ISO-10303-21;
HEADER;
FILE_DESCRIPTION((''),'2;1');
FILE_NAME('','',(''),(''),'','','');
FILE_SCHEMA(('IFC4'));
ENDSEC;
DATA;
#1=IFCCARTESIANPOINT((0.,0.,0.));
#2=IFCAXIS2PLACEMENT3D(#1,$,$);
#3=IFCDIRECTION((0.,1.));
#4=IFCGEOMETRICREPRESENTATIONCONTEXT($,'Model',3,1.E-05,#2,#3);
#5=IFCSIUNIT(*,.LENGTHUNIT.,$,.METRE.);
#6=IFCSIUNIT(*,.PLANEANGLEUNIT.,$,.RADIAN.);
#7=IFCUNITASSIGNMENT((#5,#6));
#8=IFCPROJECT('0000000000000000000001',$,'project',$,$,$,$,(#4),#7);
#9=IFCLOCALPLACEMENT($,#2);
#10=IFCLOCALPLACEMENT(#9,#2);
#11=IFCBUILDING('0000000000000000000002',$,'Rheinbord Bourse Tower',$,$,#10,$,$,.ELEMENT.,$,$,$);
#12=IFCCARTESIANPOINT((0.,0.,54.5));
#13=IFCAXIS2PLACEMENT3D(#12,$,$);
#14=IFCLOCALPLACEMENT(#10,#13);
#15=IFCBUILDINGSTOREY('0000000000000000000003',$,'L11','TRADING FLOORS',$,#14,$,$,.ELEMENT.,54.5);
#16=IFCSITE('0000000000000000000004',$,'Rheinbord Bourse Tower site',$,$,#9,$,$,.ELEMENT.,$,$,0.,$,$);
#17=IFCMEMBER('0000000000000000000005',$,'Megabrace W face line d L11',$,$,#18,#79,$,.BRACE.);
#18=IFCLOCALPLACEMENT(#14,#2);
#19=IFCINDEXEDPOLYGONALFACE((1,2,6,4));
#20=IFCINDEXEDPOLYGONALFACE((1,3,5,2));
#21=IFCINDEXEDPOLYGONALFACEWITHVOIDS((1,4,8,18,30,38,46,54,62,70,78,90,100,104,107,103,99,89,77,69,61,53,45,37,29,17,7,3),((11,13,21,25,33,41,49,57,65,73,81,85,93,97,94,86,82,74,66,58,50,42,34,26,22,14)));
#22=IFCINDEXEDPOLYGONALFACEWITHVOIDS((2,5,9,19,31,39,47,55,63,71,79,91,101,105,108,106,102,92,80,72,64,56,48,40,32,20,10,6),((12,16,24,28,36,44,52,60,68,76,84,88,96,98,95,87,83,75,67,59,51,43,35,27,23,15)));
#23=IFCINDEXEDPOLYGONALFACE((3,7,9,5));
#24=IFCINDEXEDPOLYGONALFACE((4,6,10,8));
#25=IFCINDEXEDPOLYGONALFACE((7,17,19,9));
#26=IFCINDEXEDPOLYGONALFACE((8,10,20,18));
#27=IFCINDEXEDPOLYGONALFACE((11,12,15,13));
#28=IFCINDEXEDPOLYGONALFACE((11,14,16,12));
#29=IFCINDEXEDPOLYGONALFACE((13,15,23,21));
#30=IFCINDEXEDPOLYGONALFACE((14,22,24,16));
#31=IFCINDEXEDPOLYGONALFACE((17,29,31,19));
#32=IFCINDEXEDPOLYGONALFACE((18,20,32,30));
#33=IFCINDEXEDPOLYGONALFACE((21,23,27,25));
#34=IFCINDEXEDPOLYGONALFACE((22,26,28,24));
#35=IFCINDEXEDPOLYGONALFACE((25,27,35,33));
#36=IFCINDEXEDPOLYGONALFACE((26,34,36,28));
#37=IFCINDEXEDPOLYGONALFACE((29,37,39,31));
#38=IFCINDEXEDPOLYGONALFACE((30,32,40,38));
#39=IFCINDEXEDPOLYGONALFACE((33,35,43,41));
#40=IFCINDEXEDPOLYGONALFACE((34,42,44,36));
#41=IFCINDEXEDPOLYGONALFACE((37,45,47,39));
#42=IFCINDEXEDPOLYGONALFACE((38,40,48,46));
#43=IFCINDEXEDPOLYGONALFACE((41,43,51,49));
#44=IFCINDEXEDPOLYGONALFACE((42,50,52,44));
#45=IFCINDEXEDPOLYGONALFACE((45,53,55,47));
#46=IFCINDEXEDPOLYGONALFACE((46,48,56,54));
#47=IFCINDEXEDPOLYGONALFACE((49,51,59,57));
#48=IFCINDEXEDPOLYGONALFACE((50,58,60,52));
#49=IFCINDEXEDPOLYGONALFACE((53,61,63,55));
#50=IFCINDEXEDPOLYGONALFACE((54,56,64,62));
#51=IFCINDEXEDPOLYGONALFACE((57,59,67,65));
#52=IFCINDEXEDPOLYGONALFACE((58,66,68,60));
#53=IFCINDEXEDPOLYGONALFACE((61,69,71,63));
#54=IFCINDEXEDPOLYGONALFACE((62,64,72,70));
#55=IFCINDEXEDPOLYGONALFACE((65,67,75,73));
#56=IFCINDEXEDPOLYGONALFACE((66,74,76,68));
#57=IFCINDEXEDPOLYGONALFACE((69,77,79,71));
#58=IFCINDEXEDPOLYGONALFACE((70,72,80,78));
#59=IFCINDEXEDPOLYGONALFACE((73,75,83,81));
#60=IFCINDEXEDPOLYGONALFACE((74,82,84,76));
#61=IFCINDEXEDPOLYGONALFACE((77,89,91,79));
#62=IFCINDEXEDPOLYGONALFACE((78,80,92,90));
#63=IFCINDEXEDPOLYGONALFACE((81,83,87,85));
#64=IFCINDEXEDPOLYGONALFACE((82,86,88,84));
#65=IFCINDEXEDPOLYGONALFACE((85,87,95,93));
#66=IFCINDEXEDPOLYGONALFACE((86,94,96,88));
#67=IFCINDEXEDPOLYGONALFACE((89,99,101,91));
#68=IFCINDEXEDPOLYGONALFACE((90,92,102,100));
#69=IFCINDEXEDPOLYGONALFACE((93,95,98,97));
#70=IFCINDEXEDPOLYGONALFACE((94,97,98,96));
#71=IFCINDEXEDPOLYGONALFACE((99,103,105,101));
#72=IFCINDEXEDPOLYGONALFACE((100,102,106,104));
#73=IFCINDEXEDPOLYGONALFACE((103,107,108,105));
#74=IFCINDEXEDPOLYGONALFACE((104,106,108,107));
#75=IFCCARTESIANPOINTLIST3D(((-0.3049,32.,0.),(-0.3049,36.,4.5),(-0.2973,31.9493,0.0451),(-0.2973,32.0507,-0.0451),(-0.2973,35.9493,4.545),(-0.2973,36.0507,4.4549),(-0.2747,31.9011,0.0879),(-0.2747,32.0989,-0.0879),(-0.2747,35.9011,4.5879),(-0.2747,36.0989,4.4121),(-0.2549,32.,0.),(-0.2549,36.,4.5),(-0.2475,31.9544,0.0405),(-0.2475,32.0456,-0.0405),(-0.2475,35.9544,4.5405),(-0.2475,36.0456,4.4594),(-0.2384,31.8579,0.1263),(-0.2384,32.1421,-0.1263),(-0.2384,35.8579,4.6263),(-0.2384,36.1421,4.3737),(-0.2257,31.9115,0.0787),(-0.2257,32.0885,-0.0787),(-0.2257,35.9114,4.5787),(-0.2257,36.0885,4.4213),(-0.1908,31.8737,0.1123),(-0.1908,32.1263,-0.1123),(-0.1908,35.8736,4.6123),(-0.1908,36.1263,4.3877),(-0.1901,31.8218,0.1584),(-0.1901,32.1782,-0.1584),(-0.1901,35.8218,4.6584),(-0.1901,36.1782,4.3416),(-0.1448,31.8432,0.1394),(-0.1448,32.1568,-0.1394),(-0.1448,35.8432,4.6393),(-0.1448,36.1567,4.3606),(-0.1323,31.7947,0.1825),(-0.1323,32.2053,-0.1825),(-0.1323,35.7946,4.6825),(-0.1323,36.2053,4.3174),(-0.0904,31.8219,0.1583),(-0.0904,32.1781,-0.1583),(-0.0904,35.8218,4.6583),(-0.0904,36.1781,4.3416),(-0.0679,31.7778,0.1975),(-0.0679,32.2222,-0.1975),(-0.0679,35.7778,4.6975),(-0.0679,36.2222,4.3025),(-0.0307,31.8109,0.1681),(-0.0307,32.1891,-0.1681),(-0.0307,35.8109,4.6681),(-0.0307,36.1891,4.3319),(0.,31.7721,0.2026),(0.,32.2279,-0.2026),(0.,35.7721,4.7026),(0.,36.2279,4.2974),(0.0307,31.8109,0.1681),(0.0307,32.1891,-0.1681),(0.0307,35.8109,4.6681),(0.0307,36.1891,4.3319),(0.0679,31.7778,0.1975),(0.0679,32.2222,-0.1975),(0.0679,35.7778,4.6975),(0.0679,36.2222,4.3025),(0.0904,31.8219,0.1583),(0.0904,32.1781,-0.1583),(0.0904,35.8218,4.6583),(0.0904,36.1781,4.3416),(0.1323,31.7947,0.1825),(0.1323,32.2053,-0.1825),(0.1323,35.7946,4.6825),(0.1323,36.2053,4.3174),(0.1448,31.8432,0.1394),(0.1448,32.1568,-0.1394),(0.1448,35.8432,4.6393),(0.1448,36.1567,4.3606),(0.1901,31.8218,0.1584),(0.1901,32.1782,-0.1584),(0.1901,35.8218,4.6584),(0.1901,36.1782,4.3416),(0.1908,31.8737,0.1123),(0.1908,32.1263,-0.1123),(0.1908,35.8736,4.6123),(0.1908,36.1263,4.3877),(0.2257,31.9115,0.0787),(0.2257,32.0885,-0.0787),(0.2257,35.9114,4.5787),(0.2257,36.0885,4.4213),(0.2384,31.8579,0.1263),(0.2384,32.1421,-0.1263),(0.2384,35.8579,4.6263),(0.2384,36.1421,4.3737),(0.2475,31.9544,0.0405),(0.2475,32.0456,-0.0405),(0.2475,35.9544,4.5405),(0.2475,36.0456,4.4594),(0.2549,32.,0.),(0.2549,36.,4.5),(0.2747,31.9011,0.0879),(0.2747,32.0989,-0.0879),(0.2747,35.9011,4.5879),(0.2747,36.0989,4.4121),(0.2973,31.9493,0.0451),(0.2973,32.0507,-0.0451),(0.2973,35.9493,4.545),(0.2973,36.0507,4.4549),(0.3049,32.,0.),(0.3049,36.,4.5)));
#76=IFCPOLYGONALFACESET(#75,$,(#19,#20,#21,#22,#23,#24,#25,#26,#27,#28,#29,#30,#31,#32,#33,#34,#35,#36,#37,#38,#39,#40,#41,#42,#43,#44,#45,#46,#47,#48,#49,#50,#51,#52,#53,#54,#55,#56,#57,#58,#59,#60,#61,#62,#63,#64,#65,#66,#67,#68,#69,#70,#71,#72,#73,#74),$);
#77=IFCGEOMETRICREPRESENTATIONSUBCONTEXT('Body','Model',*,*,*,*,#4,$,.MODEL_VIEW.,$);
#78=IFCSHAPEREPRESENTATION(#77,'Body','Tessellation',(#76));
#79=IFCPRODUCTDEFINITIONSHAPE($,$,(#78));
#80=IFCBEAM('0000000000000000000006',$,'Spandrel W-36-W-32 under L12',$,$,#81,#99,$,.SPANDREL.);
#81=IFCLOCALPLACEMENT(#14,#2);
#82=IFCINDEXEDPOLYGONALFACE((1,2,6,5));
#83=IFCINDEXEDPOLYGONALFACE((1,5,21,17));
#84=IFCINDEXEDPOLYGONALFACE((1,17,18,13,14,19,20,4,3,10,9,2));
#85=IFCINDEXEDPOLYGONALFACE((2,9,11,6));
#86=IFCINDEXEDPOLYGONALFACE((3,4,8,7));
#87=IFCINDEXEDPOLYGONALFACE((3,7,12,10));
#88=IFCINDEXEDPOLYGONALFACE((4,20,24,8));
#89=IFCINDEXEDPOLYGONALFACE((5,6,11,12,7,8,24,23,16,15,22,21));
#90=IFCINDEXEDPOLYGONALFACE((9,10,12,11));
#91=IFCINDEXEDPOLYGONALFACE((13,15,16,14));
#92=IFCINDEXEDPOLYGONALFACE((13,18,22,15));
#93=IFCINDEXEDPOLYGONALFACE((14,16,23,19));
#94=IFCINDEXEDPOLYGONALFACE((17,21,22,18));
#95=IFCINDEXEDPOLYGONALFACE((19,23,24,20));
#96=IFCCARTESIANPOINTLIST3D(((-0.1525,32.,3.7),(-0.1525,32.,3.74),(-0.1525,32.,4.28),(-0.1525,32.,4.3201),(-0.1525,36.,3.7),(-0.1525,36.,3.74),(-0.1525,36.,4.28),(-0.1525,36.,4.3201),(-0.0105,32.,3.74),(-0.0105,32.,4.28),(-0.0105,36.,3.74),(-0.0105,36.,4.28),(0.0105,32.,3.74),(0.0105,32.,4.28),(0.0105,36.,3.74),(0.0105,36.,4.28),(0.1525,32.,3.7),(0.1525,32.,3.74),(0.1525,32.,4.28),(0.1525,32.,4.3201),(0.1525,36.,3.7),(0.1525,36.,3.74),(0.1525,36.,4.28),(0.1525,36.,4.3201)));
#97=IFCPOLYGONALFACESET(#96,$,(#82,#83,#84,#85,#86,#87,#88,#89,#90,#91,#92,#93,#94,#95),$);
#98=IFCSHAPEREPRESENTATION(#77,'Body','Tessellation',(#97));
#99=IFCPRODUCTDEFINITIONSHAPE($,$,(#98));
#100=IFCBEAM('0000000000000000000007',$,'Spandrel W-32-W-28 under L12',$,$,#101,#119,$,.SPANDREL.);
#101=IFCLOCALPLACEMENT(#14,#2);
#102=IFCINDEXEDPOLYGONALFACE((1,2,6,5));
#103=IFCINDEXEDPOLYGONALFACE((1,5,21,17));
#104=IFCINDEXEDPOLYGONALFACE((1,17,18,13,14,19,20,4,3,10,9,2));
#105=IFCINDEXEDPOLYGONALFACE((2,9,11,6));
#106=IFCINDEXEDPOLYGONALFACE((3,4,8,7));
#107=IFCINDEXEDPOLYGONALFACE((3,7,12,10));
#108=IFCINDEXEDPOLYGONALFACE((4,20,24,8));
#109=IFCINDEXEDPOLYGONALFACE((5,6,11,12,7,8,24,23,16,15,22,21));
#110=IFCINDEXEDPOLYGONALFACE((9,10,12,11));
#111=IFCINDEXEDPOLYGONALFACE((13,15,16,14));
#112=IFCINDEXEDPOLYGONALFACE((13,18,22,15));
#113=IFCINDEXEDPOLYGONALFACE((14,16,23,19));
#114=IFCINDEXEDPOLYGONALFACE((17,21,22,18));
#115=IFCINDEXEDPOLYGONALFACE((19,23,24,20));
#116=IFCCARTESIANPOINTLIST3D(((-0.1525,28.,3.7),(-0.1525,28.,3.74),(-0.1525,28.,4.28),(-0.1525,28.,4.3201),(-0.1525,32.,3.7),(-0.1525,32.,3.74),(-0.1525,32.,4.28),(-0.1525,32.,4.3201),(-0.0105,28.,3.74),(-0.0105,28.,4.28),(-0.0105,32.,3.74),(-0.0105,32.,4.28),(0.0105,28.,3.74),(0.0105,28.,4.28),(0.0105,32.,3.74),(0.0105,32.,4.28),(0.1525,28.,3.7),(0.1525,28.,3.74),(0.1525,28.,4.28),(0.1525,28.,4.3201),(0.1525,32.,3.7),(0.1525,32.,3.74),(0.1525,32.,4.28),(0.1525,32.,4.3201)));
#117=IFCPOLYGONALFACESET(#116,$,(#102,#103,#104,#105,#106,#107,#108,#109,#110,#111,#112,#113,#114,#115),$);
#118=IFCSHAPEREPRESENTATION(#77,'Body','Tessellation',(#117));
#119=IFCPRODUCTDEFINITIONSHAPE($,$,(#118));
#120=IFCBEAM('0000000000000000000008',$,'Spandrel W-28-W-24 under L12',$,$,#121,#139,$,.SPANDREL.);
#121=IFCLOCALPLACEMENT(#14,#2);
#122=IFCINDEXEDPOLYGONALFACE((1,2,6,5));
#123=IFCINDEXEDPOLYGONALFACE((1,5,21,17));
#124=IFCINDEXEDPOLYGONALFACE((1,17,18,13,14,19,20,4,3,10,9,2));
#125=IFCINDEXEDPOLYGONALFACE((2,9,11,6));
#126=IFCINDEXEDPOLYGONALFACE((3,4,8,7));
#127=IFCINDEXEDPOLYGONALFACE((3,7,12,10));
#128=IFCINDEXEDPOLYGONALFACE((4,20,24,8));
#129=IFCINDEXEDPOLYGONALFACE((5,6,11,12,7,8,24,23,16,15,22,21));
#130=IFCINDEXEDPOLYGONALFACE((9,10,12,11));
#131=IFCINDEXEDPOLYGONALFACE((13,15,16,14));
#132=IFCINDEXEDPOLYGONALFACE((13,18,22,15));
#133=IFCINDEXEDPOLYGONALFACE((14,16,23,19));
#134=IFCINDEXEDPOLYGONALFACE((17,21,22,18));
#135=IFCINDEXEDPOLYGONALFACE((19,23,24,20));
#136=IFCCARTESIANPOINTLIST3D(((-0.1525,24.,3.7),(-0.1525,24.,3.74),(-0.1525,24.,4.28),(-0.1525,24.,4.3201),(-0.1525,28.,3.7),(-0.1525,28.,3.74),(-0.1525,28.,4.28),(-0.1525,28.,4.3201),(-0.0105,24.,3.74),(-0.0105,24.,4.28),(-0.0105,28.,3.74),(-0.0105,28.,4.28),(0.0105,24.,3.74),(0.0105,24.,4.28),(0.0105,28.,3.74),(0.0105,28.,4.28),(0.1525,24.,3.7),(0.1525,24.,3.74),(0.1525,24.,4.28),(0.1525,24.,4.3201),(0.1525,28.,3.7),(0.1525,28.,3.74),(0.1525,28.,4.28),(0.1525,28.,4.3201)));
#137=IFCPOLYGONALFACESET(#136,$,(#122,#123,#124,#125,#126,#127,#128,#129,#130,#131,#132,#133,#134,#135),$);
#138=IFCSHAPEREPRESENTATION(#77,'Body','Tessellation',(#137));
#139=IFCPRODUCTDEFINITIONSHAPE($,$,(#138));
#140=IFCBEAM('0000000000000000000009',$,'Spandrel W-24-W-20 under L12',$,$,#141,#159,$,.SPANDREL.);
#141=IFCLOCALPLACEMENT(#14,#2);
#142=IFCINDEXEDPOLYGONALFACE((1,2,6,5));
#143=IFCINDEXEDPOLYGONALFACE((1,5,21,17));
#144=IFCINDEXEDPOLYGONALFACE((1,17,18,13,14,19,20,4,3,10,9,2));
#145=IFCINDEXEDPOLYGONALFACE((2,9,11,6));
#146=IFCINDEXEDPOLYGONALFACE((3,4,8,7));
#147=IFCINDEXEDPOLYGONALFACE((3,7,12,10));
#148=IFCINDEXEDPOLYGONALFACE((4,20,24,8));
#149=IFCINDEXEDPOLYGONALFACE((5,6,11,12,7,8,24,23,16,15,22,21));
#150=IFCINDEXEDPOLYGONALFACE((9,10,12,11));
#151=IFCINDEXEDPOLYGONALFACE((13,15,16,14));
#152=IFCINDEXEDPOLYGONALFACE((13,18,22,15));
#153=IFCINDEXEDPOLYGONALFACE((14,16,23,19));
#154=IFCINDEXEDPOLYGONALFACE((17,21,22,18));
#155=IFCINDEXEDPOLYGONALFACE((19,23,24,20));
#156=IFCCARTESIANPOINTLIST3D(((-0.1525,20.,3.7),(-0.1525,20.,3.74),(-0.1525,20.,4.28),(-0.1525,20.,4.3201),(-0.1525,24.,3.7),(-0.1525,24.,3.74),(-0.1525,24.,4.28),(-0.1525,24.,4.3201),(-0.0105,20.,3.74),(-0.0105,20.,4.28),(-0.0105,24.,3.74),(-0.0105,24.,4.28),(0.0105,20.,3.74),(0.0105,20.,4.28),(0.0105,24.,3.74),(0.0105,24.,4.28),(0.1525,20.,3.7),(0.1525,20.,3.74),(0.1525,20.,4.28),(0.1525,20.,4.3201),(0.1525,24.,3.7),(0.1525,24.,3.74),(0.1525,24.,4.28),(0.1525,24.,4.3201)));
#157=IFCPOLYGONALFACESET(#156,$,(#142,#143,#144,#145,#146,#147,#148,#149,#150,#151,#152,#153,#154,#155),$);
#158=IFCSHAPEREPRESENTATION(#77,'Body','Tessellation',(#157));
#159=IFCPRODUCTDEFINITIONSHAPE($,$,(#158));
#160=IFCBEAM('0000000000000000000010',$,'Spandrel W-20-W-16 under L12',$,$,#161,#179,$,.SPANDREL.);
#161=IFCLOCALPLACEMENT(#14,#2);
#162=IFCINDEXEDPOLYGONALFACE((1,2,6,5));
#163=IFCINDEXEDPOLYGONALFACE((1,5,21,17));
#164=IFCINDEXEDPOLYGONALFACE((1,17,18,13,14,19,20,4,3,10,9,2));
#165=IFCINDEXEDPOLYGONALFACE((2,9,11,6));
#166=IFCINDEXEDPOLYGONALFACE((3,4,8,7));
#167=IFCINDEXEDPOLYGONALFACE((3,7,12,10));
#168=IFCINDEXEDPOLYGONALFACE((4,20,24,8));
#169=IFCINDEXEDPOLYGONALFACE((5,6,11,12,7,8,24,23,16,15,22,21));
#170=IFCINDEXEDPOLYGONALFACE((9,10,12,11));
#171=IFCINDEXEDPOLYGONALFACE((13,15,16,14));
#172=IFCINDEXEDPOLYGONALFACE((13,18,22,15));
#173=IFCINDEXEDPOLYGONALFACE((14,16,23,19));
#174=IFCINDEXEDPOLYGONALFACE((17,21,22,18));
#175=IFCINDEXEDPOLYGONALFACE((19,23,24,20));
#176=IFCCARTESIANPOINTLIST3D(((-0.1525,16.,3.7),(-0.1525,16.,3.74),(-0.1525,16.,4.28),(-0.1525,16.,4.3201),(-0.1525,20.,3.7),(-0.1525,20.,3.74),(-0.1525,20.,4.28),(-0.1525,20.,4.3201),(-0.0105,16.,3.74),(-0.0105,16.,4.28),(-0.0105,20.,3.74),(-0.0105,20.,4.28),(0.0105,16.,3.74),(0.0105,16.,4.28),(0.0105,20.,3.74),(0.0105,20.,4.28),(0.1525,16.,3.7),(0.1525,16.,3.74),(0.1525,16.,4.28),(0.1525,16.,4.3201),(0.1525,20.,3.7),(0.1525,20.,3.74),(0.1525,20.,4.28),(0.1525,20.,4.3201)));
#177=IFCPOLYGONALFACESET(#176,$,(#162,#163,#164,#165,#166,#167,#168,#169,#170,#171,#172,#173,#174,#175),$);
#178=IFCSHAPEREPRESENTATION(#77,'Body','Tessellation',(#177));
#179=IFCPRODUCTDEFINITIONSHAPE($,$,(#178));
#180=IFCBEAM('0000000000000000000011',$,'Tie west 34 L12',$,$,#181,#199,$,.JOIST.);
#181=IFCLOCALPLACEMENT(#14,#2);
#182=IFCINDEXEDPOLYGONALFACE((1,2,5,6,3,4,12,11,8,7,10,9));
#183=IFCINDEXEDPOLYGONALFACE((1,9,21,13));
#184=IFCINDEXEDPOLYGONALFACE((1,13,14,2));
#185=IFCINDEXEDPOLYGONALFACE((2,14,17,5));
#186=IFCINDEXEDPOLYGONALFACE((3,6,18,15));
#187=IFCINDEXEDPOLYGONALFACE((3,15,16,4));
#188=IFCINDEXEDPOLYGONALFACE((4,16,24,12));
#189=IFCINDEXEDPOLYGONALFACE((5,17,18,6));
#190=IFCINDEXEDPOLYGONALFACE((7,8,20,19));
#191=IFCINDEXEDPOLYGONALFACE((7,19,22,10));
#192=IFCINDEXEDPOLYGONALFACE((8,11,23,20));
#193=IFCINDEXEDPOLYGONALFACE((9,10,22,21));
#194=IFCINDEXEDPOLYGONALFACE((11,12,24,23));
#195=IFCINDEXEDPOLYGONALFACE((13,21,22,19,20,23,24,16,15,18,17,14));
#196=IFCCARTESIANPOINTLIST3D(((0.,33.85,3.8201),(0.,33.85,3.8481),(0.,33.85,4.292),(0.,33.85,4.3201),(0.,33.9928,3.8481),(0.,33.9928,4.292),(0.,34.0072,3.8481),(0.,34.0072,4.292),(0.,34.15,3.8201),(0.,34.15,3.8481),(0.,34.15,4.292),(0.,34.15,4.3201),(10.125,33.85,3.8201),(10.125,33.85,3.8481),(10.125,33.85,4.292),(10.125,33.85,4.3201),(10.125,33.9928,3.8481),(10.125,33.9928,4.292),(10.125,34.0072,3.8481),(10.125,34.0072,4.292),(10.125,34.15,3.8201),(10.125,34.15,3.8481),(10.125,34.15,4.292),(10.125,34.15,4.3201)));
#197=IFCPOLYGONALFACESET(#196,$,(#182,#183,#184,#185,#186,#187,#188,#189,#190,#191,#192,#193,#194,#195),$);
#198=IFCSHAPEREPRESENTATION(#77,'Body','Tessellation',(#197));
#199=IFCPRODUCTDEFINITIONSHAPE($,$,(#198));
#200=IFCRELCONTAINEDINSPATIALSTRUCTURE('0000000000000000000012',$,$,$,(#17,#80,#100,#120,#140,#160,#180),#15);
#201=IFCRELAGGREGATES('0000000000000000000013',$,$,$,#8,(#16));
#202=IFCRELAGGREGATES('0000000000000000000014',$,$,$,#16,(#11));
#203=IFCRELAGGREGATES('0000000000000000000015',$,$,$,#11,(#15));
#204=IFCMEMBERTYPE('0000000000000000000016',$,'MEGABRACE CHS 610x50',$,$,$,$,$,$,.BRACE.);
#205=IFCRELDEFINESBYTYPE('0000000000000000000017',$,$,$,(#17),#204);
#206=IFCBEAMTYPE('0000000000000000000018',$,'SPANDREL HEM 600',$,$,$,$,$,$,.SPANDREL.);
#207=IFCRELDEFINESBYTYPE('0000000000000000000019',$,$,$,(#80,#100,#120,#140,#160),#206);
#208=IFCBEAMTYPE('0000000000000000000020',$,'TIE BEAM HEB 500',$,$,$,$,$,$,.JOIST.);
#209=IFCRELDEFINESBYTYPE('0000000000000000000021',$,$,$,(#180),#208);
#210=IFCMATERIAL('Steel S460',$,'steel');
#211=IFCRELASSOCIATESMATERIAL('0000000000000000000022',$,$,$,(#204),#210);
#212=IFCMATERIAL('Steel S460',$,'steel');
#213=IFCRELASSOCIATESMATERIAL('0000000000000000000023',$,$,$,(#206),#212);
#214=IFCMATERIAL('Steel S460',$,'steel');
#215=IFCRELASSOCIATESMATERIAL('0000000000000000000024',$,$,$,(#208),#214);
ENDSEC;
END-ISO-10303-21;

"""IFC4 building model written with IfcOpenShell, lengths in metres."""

from ifc_helpers import new_model, si_unit, direction, frame, origin, origin_2d, place, context, subcontext, project, spatial, hollow_circle, i_section, extrude, material, material_profile, profile_set, type_object, element, save


model = new_model("IFC4")

# Units and contexts
model_context = context("Model", 3, precision=1e-05, world=origin(), true_north=direction((0.0, 1.0)))
body_context = subcontext(model_context, "Body", "Model", "MODEL_VIEW")
ifc_project = project(units=[si_unit("LENGTHUNIT", "METRE"), si_unit("PLANEANGLEUNIT", "RADIAN")], contexts=[model_context])

# Site, building, storey
site_placement = place(None, origin())
site = spatial("IfcSite", under=ifc_project, at=site_placement, Name="Rheinbord Bourse Tower site", CompositionType="ELEMENT", RefElevation=0.0)
building_placement = place(site_placement, origin())
building = spatial("IfcBuilding", under=site, at=building_placement, Name="Rheinbord Bourse Tower", CompositionType="ELEMENT")
storey_placement = place(building_placement, frame((0.0, 0.0, 54.5)))
storey = spatial("IfcBuildingStorey", under=building, at=storey_placement, Name="L11", Description="TRADING FLOORS", CompositionType="ELEMENT", Elevation=54.5)

# Member
ifc_material_1 = material(Name="Steel S460", Category="steel")
ifc_material_profile_1 = material_profile(ifc_material_1, hollow_circle(Radius=0.3049, WallThickness=0.05, at=origin_2d()), Name="CHS 610x50")
ifc_profile_set_1 = profile_set([ifc_material_profile_1], Name="Steel S460")
member_type_1 = type_object("IfcMemberType", Name="MEGABRACE CHS 610x50", PredefinedType="BRACE", material=ifc_profile_set_1)
for number, where, z_axis, x_axis, name in (
    (1, (0.0, 32.0, 0.0), (0.0, 0.664364, 0.747409), (-1.0, 0.0, 0.0), "Megabrace W face line d L11"),
):
    element("IfcMember", number, at=place(storey_placement, frame(where, z_axis=z_axis, x_axis=x_axis)), inside=storey, type_object=member_type_1, Name=name, PredefinedType="BRACE", context=body_context, shape_type="SweptSolid", body=[
        extrude(hollow_circle(Radius=0.3049, WallThickness=0.05, at=origin_2d()), origin(), (0.0, 0.0, 1.0), 6.0208),
    ])

# Beams
ifc_material_2 = material(Name="Steel S460", Category="steel")
ifc_material_profile_2 = material_profile(ifc_material_2, i_section(OverallWidth=0.3049, OverallDepth=0.6201, WebThickness=0.021, FlangeThickness=0.04, at=origin_2d()), Name="HEM 600")
ifc_profile_set_2 = profile_set([ifc_material_profile_2], Name="Steel S460")
beam_type_1 = type_object("IfcBeamType", Name="SPANDREL HEM 600", PredefinedType="SPANDREL", material=ifc_profile_set_2)
for number, where, z_axis, x_axis, name in (
    (2, (0.0, 36.0, 4.01), (0.0, -1.0, 0.0), (1.0, 0.0, 0.0), "Spandrel W-36-W-32 under L12"),
    (3, (0.0, 32.0, 4.01), (0.0, -1.0, 0.0), (1.0, 0.0, 0.0), "Spandrel W-32-W-28 under L12"),
    (4, (0.0, 28.0, 4.01), (0.0, -1.0, 0.0), (1.0, 0.0, 0.0), "Spandrel W-28-W-24 under L12"),
    (5, (0.0, 24.0, 4.01), (0.0, -1.0, 0.0), (1.0, 0.0, 0.0), "Spandrel W-24-W-20 under L12"),
    (6, (0.0, 20.0, 4.01), (0.0, -1.0, 0.0), (1.0, 0.0, 0.0), "Spandrel W-20-W-16 under L12"),
):
    element("IfcBeam", number, at=place(storey_placement, frame(where, z_axis=z_axis, x_axis=x_axis)), inside=storey, type_object=beam_type_1, Name=name, PredefinedType="SPANDREL", context=body_context, shape_type="SweptSolid", body=[
        extrude(i_section(OverallWidth=0.3049, OverallDepth=0.6201, WebThickness=0.021, FlangeThickness=0.04, at=origin_2d()), origin(), (0.0, 0.0, 1.0), 4.0),
    ])
ifc_material_3 = material(Name="Steel S460", Category="steel")
ifc_material_profile_3 = material_profile(ifc_material_3, i_section(OverallWidth=0.3, OverallDepth=0.5, WebThickness=0.0144, FlangeThickness=0.0281, at=origin_2d()), Name="HEB 500")
ifc_profile_set_3 = profile_set([ifc_material_profile_3], Name="Steel S460")
beam_type_2 = type_object("IfcBeamType", Name="TIE BEAM HEB 500", PredefinedType="JOIST", material=ifc_profile_set_3)
beam_1_placement = place(storey_placement, frame((0.0, 34.0, 4.0701), z_axis=(1.0, 0.0, 0.0), x_axis=(0.0, 1.0, 0.0)))
element("IfcBeam", 7, at=beam_1_placement, inside=storey, type_object=beam_type_2, Name="Tie west 34 L12", PredefinedType="JOIST", context=body_context, shape_type="SweptSolid", body=[
    extrude(i_section(OverallWidth=0.3, OverallDepth=0.5, WebThickness=0.0144, FlangeThickness=0.0281, at=origin_2d()), origin(), (0.0, 0.0, 1.0), 10.125),
])

save(model, "model.ifc")
